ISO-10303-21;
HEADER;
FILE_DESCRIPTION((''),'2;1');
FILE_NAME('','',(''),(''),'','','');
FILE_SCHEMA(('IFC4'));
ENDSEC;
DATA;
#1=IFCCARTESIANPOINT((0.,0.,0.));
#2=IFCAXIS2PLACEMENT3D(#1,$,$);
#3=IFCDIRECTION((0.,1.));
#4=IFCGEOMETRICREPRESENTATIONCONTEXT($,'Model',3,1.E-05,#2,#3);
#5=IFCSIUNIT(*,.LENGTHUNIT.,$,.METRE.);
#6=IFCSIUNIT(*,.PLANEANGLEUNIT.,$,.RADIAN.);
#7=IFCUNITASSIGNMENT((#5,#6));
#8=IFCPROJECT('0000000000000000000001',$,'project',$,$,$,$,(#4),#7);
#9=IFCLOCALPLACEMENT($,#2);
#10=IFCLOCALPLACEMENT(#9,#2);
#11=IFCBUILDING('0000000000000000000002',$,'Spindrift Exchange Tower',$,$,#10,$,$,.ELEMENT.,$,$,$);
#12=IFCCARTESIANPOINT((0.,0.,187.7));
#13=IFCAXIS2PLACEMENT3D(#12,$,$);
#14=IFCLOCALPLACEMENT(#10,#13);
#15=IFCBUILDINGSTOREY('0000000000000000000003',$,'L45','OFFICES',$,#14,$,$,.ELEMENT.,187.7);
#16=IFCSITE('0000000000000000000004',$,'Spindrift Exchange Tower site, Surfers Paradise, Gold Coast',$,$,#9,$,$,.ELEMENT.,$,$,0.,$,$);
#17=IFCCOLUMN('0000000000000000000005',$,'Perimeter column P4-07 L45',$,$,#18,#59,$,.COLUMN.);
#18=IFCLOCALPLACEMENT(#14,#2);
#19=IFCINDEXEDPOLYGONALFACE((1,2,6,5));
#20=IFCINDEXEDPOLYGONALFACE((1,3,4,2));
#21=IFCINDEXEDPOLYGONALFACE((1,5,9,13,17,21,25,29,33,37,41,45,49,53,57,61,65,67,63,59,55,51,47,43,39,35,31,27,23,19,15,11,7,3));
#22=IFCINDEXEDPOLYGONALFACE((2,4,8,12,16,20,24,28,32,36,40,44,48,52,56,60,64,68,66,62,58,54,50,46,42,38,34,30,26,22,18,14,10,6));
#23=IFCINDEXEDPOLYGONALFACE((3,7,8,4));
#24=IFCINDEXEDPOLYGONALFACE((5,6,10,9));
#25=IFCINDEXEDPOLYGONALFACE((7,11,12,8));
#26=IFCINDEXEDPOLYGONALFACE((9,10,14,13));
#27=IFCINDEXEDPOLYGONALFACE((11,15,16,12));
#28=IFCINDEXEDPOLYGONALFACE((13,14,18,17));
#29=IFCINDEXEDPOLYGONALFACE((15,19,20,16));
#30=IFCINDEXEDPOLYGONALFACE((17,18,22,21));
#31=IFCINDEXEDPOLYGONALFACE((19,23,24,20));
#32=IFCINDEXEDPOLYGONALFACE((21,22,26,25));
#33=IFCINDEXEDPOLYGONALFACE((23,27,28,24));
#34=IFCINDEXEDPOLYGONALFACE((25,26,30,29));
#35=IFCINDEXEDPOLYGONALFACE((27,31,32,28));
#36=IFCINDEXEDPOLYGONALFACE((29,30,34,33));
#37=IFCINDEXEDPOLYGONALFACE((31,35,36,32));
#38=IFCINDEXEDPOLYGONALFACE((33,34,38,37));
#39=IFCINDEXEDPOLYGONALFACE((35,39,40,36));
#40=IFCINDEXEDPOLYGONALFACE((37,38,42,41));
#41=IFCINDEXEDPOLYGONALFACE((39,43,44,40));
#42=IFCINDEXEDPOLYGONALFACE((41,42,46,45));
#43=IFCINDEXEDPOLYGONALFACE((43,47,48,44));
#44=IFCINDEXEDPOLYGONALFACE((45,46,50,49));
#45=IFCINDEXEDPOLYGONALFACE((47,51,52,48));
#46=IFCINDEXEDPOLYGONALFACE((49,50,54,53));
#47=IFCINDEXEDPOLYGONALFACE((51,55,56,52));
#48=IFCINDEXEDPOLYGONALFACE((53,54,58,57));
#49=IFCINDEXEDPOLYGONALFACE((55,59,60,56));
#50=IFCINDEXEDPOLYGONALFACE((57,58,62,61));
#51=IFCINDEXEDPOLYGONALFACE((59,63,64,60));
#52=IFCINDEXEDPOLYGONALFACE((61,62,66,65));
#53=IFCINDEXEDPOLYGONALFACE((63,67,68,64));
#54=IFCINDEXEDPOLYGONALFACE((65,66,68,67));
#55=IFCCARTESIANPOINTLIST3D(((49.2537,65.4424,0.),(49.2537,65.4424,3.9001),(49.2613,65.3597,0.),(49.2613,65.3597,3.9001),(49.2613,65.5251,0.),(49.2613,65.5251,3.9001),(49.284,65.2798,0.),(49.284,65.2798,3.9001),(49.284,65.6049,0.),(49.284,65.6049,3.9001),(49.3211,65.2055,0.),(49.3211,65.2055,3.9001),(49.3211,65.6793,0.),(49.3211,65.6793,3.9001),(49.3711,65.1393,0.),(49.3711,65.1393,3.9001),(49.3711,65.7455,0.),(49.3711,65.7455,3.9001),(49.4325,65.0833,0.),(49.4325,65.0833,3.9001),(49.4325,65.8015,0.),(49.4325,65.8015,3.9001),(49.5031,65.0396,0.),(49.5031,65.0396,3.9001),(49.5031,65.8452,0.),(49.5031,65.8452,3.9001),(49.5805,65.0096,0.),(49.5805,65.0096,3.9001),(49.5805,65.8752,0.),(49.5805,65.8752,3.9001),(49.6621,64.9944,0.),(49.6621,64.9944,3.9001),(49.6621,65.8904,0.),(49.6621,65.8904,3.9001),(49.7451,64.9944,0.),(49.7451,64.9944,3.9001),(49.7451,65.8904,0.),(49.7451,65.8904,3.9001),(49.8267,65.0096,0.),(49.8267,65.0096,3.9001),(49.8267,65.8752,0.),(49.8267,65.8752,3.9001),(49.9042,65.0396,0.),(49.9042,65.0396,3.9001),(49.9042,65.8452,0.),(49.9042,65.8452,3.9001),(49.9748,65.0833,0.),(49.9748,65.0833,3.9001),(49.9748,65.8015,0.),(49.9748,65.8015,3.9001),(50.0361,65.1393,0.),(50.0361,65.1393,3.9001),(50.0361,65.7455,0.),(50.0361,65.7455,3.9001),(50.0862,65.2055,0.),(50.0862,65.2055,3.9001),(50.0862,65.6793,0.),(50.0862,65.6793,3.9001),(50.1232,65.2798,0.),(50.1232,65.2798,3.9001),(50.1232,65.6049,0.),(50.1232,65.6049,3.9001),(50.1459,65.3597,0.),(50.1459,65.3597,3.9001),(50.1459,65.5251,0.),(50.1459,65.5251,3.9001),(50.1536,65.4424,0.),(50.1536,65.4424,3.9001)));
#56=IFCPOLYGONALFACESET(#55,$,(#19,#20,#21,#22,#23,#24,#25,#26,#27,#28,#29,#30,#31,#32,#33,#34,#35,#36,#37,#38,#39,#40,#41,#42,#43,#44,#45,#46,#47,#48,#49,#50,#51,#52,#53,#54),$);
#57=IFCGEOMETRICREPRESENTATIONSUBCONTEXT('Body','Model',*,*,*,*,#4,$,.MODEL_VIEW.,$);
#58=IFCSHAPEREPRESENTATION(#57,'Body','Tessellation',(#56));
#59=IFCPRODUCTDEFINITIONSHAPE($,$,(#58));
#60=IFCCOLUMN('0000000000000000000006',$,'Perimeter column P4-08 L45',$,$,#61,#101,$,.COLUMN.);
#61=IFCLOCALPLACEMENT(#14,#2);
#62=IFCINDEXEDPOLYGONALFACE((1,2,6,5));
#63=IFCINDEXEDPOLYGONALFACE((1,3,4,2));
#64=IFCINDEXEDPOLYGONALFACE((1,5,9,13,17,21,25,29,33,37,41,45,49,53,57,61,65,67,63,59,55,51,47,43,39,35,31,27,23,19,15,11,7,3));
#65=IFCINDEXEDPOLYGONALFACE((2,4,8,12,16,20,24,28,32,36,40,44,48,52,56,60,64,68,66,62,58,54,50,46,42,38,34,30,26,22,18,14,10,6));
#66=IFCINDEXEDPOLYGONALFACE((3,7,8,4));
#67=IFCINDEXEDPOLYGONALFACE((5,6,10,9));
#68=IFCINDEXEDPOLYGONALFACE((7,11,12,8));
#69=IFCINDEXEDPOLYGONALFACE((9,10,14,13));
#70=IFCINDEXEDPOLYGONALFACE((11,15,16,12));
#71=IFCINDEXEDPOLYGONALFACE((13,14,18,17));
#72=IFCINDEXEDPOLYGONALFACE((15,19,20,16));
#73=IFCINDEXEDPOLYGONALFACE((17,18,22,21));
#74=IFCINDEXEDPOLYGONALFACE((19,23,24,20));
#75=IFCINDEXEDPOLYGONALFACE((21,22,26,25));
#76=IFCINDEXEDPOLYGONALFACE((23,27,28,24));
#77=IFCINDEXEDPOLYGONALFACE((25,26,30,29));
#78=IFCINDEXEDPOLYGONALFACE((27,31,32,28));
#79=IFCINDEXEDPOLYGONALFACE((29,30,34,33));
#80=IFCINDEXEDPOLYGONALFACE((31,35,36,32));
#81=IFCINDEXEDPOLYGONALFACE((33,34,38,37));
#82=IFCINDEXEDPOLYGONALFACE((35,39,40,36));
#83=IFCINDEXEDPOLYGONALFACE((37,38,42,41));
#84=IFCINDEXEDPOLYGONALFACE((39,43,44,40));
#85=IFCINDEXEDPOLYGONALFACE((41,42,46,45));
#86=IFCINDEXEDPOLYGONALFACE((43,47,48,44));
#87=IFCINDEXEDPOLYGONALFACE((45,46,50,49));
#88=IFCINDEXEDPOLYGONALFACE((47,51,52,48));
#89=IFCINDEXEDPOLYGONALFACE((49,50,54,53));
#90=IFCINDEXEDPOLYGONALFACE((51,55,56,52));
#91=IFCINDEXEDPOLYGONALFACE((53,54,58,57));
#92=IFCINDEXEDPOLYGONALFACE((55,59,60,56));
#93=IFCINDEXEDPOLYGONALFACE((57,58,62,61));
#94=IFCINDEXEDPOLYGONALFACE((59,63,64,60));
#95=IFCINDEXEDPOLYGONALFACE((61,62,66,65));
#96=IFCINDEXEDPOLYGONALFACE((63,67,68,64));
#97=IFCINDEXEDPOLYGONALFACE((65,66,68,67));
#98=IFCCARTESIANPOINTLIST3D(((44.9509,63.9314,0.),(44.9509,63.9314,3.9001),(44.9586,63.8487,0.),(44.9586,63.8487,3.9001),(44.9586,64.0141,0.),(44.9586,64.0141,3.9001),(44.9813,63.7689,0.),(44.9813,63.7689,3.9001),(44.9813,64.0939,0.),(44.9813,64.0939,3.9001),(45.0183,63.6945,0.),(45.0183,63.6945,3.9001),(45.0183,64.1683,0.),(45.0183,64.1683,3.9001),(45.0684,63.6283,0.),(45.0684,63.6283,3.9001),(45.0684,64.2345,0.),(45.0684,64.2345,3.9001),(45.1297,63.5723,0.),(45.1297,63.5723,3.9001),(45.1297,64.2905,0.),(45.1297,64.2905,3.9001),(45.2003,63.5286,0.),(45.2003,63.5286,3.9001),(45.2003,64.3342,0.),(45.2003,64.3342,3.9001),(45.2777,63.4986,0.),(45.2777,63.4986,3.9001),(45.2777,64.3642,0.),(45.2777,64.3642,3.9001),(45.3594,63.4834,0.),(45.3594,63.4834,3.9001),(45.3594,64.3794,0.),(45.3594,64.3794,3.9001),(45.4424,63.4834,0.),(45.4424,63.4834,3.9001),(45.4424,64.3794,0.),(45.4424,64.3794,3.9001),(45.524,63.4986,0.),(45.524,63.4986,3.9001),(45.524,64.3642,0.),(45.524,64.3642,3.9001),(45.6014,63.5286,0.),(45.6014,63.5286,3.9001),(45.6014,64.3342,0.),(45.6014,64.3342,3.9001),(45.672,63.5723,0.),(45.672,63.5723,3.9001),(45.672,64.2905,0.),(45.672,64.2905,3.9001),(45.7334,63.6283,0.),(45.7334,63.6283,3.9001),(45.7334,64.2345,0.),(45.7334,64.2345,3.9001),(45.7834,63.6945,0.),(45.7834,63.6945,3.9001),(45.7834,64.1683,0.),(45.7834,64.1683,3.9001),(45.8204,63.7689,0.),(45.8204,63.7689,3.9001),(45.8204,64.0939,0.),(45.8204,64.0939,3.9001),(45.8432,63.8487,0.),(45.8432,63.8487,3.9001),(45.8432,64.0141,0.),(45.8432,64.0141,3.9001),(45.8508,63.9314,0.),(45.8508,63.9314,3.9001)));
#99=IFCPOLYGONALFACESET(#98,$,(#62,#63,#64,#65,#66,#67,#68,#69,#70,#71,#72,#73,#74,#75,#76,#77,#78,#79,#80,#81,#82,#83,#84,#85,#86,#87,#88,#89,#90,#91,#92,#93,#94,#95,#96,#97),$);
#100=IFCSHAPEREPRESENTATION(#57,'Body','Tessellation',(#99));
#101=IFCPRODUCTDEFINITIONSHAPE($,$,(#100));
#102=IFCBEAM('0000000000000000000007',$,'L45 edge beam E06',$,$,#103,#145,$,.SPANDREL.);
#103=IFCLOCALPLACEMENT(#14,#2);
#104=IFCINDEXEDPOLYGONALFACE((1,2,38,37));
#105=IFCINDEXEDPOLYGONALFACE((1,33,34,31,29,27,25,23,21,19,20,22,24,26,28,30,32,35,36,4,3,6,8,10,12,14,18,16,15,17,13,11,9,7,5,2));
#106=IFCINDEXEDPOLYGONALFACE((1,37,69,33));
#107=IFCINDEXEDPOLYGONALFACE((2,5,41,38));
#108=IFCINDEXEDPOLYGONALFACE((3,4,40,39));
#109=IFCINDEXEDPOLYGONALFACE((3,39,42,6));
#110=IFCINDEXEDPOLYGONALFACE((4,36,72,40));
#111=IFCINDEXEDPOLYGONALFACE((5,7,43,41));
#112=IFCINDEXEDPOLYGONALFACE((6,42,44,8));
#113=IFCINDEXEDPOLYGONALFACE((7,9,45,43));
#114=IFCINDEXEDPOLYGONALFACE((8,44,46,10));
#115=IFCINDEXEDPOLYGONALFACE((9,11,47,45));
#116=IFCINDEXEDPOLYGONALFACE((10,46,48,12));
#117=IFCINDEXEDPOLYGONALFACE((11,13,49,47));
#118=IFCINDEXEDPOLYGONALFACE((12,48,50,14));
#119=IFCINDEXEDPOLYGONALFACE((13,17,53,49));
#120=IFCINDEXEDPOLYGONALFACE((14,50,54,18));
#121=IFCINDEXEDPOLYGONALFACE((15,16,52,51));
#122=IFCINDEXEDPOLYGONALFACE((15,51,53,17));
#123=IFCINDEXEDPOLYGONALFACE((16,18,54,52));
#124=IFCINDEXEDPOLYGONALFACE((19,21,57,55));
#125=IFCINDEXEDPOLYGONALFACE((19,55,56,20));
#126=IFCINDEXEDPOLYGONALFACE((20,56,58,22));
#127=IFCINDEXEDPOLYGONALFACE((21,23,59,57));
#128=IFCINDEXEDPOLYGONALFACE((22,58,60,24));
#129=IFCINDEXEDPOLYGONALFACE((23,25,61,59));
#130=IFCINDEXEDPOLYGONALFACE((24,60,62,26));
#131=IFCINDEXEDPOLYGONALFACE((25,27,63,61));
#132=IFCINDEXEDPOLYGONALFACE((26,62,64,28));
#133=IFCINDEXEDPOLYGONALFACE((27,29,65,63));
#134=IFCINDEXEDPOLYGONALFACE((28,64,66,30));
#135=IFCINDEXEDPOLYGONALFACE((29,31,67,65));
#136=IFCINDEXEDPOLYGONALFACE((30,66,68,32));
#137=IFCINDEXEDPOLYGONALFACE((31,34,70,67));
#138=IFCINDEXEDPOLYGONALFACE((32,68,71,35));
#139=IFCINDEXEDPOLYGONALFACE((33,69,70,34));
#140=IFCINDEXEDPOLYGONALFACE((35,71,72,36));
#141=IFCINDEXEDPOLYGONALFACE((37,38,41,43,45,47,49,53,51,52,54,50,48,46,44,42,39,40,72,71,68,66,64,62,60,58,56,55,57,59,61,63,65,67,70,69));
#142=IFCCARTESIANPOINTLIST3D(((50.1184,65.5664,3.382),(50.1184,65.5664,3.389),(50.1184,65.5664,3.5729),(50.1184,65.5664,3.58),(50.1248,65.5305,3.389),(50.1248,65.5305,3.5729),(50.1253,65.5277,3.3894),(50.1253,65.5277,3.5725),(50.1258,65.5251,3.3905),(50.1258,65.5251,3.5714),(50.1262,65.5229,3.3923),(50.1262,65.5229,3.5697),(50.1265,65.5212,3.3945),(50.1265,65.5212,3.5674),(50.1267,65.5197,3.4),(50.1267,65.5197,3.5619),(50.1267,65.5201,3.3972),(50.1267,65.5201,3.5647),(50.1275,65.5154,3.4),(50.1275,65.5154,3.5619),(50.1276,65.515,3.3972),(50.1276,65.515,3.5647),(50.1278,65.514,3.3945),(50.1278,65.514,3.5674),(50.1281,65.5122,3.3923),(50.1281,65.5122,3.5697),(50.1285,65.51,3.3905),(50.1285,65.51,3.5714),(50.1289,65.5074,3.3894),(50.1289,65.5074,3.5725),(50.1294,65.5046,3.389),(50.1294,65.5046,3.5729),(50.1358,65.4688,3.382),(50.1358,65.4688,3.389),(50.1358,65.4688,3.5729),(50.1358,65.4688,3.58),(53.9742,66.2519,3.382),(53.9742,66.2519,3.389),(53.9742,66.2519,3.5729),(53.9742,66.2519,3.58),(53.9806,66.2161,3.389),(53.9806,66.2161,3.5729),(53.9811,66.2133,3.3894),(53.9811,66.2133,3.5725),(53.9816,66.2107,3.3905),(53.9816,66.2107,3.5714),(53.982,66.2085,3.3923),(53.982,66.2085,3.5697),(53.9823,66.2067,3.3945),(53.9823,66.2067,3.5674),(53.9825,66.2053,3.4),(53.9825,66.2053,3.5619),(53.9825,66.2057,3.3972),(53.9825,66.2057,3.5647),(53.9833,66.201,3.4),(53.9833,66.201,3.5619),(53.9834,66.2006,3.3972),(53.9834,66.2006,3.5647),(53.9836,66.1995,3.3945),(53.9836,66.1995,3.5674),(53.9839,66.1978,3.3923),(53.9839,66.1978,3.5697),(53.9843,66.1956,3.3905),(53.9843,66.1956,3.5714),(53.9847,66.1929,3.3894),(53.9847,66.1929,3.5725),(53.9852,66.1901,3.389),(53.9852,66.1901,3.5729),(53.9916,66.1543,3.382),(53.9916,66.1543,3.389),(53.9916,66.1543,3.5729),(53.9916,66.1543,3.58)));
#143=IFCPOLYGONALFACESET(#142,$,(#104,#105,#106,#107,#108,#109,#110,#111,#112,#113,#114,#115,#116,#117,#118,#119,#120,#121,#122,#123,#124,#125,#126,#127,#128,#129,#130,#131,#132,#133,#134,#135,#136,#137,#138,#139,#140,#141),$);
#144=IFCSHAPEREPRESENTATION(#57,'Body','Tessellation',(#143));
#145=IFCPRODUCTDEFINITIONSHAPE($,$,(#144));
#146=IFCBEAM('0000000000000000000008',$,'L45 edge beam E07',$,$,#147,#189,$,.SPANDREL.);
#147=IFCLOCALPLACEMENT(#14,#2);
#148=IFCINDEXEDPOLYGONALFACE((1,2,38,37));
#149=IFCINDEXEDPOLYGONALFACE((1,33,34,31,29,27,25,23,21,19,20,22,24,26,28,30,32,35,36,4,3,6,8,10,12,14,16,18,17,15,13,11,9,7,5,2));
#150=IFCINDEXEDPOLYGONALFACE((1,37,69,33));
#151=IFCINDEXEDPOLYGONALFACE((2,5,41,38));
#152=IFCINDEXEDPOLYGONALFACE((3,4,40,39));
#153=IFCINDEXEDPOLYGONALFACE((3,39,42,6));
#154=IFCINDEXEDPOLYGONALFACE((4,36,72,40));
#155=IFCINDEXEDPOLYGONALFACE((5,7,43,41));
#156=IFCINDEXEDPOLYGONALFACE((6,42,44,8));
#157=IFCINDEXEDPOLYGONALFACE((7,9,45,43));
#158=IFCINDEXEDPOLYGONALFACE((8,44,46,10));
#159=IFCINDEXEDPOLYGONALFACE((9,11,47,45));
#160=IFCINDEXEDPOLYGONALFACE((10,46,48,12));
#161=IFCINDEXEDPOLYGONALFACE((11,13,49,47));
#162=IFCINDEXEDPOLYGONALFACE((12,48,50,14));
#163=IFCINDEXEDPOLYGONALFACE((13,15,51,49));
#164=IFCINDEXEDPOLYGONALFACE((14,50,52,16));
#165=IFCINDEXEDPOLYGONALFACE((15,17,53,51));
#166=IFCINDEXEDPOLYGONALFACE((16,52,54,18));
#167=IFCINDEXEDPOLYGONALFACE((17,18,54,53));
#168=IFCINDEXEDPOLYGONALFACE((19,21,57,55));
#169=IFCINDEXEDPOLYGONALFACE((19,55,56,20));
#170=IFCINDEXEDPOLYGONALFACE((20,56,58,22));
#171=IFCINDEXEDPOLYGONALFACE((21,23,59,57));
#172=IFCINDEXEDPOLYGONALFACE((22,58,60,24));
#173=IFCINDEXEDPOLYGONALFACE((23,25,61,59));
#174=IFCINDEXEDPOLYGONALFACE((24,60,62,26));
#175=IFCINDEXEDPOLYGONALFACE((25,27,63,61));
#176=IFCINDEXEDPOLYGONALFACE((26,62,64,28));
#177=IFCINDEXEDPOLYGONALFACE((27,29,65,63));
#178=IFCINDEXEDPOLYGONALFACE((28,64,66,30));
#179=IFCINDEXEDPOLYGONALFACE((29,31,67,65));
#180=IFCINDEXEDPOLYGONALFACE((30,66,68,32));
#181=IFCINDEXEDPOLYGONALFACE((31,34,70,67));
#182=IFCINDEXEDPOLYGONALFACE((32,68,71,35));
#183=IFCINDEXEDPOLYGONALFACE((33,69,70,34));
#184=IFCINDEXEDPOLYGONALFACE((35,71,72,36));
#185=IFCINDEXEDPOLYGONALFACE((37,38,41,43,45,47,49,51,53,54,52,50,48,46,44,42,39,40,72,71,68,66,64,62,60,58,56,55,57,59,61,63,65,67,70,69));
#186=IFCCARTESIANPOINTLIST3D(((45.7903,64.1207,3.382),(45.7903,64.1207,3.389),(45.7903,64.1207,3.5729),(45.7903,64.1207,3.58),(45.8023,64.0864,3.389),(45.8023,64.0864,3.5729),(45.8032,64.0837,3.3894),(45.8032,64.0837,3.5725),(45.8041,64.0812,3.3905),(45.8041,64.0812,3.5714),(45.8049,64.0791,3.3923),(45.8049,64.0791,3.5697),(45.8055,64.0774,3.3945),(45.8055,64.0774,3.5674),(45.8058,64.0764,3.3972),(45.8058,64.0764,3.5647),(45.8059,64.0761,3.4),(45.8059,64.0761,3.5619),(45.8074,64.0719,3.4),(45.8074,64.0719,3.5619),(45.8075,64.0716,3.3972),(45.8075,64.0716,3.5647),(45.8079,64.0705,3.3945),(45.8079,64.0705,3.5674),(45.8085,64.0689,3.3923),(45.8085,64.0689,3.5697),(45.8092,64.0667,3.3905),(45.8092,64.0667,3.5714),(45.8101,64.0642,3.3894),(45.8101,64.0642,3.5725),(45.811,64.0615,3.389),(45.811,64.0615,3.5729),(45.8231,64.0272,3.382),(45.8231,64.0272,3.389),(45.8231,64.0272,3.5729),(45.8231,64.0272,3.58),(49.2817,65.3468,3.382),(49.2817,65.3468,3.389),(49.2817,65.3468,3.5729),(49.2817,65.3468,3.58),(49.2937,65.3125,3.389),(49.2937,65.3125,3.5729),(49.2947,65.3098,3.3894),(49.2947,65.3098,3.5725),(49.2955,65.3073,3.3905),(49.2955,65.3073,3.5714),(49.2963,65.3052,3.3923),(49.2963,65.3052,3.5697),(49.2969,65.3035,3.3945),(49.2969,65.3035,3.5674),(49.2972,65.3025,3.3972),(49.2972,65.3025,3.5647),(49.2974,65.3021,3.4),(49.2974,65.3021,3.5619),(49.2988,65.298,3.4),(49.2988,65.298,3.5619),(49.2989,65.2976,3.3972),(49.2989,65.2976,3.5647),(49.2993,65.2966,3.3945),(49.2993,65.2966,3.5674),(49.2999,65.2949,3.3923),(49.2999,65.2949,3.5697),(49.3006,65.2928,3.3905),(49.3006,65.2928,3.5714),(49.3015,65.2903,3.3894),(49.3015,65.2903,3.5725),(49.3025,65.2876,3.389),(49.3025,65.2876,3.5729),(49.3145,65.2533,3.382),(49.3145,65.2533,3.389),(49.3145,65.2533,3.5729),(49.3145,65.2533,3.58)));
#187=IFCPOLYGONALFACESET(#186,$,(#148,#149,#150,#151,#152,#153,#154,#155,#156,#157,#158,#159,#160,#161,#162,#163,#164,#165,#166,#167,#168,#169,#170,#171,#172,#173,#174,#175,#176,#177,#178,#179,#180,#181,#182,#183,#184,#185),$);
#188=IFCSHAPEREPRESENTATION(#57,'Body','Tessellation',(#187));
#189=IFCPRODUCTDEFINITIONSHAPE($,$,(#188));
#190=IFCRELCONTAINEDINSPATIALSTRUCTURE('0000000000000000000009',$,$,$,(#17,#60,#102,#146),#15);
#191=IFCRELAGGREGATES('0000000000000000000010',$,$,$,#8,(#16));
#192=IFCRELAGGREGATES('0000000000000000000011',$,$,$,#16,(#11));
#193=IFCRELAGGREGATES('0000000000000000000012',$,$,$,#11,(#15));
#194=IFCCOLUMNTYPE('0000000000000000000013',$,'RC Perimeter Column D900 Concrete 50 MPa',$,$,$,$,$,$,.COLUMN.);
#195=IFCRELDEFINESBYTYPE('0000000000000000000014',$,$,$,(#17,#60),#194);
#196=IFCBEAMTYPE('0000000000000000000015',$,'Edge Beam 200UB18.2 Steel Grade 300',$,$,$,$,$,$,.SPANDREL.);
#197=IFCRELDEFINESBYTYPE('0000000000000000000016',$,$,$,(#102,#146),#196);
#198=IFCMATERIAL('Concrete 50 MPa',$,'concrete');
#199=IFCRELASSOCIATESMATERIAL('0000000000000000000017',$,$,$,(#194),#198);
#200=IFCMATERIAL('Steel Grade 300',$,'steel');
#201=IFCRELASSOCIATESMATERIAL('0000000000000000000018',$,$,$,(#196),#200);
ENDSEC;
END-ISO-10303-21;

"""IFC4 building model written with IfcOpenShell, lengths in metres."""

from ifc_helpers import new_model, si_unit, direction, frame, origin, origin_2d, place, context, subcontext, project, spatial, circle, i_section, extrude, source, transform, mapped, material, material_profile, profile_set, type_object, element, save


model = new_model("IFC4")

# Units and contexts
model_context = context("Model", 3, precision=1e-05, world=origin(), true_north=direction((0.0, 1.0)))
body_context = subcontext(model_context, "Body", "Model", "MODEL_VIEW")
ifc_project = project(units=[si_unit("LENGTHUNIT", "METRE"), si_unit("PLANEANGLEUNIT", "RADIAN")], contexts=[model_context])

# Site, building, storey
site_placement = place(None, origin())
site = spatial("IfcSite", under=ifc_project, at=site_placement, Name="Spindrift Exchange Tower site, Surfers Paradise, Gold Coast", CompositionType="ELEMENT", RefElevation=0.0)
building_placement = place(site_placement, origin())
building = spatial("IfcBuilding", under=site, at=building_placement, Name="Spindrift Exchange Tower", CompositionType="ELEMENT")
storey_placement = place(building_placement, frame((0.0, 0.0, 187.7)))
storey = spatial("IfcBuildingStorey", under=building, at=storey_placement, Name="L45", Description="OFFICES", CompositionType="ELEMENT", Elevation=187.7)

# Columns
ifc_material_1 = material(Name="Concrete 50 MPa", Category="concrete")
ifc_material_profile_1 = material_profile(ifc_material_1, circle(Radius=0.45, at=origin_2d()), Name="RC D900")
ifc_profile_set_1 = profile_set([ifc_material_profile_1], Name="Concrete 50 MPa")
column_type = type_object("IfcColumnType", Name="RC Perimeter Column D900 Concrete 50 MPa", PredefinedType="COLUMN", material=ifc_profile_set_1)
shared_shape_1 = source(origin(), body_context, "Body", "SweptSolid", [
    extrude(circle(Radius=0.45, at=origin_2d()), origin(), (0.0, 0.0, 1.0), 3.9001),
])
for number, where, z_axis, x_axis, name in (
    (1, (49.7036, 65.4424, 0.0), (0.0, 0.0, 1.0), (1.0, 0.0, 0.0), "Perimeter column P4-07 L45"),
    (2, (45.4009, 63.9314, 0.0), (0.0, 0.0, 1.0), (1.0, 0.0, 0.0), "Perimeter column P4-08 L45"),
):
    element("IfcColumn", number, at=place(storey_placement, frame(where, z_axis=z_axis, x_axis=x_axis)), inside=storey, type_object=column_type, Name=name, PredefinedType="COLUMN", context=body_context, shape_type="MappedRepresentation", body=[
        mapped(shared_shape_1, transform((0.0, 0.0, 0.0), scale=1.0)),
    ])

# Beams
ifc_material_2 = material(Name="Steel Grade 300", Category="steel")
ifc_material_profile_2 = material_profile(ifc_material_2, i_section(OverallWidth=0.0991, OverallDepth=0.198, WebThickness=0.0044, FlangeThickness=0.0071, FilletRadius=0.011, at=origin_2d()), Name="200UB18.2")
ifc_profile_set_2 = profile_set([ifc_material_profile_2], Name="Steel Grade 300")
beam_type_1 = type_object("IfcBeamType", Name="Edge Beam 200UB18.2 Steel Grade 300", PredefinedType="SPANDREL", material=ifc_profile_set_2)
shared_shape_2 = source(origin(), body_context, "Body", "SweptSolid", [
    extrude(i_section(OverallWidth=0.0991, OverallDepth=0.198, WebThickness=0.0044, FlangeThickness=0.0071, FilletRadius=0.011, at=origin_2d()), origin(), (0.0, 0.0, 1.0), 3.9163),
])
beam_1_placement = place(storey_placement, frame((53.9829, 66.2031, 3.481), z_axis=(-0.984559, -0.175055, 0.0), x_axis=(0.175055, -0.984559, 0.0)))
element("IfcBeam", 3, at=beam_1_placement, inside=storey, type_object=beam_type_1, Name="L45 edge beam E06", PredefinedType="SPANDREL", context=body_context, shape_type="MappedRepresentation", body=[
    mapped(shared_shape_2, transform((0.0, 0.0, 0.0), scale=1.0)),
])
shared_shape_3 = source(origin(), body_context, "Body", "SweptSolid", [
    extrude(i_section(OverallWidth=0.0991, OverallDepth=0.198, WebThickness=0.0044, FlangeThickness=0.0071, FilletRadius=0.011, at=origin_2d()), origin(), (0.0, 0.0, 1.0), 3.7004),
])
beam_2_placement = place(storey_placement, frame((49.2981, 65.3, 3.481), z_axis=(-0.943515, -0.331329, 0.0), x_axis=(0.331329, -0.943515, 0.0)))
element("IfcBeam", 4, at=beam_2_placement, inside=storey, type_object=beam_type_1, Name="L45 edge beam E07", PredefinedType="SPANDREL", context=body_context, shape_type="MappedRepresentation", body=[
    mapped(shared_shape_3, transform((0.0, 0.0, 0.0), scale=1.0)),
])

save(model, "model.ifc")
